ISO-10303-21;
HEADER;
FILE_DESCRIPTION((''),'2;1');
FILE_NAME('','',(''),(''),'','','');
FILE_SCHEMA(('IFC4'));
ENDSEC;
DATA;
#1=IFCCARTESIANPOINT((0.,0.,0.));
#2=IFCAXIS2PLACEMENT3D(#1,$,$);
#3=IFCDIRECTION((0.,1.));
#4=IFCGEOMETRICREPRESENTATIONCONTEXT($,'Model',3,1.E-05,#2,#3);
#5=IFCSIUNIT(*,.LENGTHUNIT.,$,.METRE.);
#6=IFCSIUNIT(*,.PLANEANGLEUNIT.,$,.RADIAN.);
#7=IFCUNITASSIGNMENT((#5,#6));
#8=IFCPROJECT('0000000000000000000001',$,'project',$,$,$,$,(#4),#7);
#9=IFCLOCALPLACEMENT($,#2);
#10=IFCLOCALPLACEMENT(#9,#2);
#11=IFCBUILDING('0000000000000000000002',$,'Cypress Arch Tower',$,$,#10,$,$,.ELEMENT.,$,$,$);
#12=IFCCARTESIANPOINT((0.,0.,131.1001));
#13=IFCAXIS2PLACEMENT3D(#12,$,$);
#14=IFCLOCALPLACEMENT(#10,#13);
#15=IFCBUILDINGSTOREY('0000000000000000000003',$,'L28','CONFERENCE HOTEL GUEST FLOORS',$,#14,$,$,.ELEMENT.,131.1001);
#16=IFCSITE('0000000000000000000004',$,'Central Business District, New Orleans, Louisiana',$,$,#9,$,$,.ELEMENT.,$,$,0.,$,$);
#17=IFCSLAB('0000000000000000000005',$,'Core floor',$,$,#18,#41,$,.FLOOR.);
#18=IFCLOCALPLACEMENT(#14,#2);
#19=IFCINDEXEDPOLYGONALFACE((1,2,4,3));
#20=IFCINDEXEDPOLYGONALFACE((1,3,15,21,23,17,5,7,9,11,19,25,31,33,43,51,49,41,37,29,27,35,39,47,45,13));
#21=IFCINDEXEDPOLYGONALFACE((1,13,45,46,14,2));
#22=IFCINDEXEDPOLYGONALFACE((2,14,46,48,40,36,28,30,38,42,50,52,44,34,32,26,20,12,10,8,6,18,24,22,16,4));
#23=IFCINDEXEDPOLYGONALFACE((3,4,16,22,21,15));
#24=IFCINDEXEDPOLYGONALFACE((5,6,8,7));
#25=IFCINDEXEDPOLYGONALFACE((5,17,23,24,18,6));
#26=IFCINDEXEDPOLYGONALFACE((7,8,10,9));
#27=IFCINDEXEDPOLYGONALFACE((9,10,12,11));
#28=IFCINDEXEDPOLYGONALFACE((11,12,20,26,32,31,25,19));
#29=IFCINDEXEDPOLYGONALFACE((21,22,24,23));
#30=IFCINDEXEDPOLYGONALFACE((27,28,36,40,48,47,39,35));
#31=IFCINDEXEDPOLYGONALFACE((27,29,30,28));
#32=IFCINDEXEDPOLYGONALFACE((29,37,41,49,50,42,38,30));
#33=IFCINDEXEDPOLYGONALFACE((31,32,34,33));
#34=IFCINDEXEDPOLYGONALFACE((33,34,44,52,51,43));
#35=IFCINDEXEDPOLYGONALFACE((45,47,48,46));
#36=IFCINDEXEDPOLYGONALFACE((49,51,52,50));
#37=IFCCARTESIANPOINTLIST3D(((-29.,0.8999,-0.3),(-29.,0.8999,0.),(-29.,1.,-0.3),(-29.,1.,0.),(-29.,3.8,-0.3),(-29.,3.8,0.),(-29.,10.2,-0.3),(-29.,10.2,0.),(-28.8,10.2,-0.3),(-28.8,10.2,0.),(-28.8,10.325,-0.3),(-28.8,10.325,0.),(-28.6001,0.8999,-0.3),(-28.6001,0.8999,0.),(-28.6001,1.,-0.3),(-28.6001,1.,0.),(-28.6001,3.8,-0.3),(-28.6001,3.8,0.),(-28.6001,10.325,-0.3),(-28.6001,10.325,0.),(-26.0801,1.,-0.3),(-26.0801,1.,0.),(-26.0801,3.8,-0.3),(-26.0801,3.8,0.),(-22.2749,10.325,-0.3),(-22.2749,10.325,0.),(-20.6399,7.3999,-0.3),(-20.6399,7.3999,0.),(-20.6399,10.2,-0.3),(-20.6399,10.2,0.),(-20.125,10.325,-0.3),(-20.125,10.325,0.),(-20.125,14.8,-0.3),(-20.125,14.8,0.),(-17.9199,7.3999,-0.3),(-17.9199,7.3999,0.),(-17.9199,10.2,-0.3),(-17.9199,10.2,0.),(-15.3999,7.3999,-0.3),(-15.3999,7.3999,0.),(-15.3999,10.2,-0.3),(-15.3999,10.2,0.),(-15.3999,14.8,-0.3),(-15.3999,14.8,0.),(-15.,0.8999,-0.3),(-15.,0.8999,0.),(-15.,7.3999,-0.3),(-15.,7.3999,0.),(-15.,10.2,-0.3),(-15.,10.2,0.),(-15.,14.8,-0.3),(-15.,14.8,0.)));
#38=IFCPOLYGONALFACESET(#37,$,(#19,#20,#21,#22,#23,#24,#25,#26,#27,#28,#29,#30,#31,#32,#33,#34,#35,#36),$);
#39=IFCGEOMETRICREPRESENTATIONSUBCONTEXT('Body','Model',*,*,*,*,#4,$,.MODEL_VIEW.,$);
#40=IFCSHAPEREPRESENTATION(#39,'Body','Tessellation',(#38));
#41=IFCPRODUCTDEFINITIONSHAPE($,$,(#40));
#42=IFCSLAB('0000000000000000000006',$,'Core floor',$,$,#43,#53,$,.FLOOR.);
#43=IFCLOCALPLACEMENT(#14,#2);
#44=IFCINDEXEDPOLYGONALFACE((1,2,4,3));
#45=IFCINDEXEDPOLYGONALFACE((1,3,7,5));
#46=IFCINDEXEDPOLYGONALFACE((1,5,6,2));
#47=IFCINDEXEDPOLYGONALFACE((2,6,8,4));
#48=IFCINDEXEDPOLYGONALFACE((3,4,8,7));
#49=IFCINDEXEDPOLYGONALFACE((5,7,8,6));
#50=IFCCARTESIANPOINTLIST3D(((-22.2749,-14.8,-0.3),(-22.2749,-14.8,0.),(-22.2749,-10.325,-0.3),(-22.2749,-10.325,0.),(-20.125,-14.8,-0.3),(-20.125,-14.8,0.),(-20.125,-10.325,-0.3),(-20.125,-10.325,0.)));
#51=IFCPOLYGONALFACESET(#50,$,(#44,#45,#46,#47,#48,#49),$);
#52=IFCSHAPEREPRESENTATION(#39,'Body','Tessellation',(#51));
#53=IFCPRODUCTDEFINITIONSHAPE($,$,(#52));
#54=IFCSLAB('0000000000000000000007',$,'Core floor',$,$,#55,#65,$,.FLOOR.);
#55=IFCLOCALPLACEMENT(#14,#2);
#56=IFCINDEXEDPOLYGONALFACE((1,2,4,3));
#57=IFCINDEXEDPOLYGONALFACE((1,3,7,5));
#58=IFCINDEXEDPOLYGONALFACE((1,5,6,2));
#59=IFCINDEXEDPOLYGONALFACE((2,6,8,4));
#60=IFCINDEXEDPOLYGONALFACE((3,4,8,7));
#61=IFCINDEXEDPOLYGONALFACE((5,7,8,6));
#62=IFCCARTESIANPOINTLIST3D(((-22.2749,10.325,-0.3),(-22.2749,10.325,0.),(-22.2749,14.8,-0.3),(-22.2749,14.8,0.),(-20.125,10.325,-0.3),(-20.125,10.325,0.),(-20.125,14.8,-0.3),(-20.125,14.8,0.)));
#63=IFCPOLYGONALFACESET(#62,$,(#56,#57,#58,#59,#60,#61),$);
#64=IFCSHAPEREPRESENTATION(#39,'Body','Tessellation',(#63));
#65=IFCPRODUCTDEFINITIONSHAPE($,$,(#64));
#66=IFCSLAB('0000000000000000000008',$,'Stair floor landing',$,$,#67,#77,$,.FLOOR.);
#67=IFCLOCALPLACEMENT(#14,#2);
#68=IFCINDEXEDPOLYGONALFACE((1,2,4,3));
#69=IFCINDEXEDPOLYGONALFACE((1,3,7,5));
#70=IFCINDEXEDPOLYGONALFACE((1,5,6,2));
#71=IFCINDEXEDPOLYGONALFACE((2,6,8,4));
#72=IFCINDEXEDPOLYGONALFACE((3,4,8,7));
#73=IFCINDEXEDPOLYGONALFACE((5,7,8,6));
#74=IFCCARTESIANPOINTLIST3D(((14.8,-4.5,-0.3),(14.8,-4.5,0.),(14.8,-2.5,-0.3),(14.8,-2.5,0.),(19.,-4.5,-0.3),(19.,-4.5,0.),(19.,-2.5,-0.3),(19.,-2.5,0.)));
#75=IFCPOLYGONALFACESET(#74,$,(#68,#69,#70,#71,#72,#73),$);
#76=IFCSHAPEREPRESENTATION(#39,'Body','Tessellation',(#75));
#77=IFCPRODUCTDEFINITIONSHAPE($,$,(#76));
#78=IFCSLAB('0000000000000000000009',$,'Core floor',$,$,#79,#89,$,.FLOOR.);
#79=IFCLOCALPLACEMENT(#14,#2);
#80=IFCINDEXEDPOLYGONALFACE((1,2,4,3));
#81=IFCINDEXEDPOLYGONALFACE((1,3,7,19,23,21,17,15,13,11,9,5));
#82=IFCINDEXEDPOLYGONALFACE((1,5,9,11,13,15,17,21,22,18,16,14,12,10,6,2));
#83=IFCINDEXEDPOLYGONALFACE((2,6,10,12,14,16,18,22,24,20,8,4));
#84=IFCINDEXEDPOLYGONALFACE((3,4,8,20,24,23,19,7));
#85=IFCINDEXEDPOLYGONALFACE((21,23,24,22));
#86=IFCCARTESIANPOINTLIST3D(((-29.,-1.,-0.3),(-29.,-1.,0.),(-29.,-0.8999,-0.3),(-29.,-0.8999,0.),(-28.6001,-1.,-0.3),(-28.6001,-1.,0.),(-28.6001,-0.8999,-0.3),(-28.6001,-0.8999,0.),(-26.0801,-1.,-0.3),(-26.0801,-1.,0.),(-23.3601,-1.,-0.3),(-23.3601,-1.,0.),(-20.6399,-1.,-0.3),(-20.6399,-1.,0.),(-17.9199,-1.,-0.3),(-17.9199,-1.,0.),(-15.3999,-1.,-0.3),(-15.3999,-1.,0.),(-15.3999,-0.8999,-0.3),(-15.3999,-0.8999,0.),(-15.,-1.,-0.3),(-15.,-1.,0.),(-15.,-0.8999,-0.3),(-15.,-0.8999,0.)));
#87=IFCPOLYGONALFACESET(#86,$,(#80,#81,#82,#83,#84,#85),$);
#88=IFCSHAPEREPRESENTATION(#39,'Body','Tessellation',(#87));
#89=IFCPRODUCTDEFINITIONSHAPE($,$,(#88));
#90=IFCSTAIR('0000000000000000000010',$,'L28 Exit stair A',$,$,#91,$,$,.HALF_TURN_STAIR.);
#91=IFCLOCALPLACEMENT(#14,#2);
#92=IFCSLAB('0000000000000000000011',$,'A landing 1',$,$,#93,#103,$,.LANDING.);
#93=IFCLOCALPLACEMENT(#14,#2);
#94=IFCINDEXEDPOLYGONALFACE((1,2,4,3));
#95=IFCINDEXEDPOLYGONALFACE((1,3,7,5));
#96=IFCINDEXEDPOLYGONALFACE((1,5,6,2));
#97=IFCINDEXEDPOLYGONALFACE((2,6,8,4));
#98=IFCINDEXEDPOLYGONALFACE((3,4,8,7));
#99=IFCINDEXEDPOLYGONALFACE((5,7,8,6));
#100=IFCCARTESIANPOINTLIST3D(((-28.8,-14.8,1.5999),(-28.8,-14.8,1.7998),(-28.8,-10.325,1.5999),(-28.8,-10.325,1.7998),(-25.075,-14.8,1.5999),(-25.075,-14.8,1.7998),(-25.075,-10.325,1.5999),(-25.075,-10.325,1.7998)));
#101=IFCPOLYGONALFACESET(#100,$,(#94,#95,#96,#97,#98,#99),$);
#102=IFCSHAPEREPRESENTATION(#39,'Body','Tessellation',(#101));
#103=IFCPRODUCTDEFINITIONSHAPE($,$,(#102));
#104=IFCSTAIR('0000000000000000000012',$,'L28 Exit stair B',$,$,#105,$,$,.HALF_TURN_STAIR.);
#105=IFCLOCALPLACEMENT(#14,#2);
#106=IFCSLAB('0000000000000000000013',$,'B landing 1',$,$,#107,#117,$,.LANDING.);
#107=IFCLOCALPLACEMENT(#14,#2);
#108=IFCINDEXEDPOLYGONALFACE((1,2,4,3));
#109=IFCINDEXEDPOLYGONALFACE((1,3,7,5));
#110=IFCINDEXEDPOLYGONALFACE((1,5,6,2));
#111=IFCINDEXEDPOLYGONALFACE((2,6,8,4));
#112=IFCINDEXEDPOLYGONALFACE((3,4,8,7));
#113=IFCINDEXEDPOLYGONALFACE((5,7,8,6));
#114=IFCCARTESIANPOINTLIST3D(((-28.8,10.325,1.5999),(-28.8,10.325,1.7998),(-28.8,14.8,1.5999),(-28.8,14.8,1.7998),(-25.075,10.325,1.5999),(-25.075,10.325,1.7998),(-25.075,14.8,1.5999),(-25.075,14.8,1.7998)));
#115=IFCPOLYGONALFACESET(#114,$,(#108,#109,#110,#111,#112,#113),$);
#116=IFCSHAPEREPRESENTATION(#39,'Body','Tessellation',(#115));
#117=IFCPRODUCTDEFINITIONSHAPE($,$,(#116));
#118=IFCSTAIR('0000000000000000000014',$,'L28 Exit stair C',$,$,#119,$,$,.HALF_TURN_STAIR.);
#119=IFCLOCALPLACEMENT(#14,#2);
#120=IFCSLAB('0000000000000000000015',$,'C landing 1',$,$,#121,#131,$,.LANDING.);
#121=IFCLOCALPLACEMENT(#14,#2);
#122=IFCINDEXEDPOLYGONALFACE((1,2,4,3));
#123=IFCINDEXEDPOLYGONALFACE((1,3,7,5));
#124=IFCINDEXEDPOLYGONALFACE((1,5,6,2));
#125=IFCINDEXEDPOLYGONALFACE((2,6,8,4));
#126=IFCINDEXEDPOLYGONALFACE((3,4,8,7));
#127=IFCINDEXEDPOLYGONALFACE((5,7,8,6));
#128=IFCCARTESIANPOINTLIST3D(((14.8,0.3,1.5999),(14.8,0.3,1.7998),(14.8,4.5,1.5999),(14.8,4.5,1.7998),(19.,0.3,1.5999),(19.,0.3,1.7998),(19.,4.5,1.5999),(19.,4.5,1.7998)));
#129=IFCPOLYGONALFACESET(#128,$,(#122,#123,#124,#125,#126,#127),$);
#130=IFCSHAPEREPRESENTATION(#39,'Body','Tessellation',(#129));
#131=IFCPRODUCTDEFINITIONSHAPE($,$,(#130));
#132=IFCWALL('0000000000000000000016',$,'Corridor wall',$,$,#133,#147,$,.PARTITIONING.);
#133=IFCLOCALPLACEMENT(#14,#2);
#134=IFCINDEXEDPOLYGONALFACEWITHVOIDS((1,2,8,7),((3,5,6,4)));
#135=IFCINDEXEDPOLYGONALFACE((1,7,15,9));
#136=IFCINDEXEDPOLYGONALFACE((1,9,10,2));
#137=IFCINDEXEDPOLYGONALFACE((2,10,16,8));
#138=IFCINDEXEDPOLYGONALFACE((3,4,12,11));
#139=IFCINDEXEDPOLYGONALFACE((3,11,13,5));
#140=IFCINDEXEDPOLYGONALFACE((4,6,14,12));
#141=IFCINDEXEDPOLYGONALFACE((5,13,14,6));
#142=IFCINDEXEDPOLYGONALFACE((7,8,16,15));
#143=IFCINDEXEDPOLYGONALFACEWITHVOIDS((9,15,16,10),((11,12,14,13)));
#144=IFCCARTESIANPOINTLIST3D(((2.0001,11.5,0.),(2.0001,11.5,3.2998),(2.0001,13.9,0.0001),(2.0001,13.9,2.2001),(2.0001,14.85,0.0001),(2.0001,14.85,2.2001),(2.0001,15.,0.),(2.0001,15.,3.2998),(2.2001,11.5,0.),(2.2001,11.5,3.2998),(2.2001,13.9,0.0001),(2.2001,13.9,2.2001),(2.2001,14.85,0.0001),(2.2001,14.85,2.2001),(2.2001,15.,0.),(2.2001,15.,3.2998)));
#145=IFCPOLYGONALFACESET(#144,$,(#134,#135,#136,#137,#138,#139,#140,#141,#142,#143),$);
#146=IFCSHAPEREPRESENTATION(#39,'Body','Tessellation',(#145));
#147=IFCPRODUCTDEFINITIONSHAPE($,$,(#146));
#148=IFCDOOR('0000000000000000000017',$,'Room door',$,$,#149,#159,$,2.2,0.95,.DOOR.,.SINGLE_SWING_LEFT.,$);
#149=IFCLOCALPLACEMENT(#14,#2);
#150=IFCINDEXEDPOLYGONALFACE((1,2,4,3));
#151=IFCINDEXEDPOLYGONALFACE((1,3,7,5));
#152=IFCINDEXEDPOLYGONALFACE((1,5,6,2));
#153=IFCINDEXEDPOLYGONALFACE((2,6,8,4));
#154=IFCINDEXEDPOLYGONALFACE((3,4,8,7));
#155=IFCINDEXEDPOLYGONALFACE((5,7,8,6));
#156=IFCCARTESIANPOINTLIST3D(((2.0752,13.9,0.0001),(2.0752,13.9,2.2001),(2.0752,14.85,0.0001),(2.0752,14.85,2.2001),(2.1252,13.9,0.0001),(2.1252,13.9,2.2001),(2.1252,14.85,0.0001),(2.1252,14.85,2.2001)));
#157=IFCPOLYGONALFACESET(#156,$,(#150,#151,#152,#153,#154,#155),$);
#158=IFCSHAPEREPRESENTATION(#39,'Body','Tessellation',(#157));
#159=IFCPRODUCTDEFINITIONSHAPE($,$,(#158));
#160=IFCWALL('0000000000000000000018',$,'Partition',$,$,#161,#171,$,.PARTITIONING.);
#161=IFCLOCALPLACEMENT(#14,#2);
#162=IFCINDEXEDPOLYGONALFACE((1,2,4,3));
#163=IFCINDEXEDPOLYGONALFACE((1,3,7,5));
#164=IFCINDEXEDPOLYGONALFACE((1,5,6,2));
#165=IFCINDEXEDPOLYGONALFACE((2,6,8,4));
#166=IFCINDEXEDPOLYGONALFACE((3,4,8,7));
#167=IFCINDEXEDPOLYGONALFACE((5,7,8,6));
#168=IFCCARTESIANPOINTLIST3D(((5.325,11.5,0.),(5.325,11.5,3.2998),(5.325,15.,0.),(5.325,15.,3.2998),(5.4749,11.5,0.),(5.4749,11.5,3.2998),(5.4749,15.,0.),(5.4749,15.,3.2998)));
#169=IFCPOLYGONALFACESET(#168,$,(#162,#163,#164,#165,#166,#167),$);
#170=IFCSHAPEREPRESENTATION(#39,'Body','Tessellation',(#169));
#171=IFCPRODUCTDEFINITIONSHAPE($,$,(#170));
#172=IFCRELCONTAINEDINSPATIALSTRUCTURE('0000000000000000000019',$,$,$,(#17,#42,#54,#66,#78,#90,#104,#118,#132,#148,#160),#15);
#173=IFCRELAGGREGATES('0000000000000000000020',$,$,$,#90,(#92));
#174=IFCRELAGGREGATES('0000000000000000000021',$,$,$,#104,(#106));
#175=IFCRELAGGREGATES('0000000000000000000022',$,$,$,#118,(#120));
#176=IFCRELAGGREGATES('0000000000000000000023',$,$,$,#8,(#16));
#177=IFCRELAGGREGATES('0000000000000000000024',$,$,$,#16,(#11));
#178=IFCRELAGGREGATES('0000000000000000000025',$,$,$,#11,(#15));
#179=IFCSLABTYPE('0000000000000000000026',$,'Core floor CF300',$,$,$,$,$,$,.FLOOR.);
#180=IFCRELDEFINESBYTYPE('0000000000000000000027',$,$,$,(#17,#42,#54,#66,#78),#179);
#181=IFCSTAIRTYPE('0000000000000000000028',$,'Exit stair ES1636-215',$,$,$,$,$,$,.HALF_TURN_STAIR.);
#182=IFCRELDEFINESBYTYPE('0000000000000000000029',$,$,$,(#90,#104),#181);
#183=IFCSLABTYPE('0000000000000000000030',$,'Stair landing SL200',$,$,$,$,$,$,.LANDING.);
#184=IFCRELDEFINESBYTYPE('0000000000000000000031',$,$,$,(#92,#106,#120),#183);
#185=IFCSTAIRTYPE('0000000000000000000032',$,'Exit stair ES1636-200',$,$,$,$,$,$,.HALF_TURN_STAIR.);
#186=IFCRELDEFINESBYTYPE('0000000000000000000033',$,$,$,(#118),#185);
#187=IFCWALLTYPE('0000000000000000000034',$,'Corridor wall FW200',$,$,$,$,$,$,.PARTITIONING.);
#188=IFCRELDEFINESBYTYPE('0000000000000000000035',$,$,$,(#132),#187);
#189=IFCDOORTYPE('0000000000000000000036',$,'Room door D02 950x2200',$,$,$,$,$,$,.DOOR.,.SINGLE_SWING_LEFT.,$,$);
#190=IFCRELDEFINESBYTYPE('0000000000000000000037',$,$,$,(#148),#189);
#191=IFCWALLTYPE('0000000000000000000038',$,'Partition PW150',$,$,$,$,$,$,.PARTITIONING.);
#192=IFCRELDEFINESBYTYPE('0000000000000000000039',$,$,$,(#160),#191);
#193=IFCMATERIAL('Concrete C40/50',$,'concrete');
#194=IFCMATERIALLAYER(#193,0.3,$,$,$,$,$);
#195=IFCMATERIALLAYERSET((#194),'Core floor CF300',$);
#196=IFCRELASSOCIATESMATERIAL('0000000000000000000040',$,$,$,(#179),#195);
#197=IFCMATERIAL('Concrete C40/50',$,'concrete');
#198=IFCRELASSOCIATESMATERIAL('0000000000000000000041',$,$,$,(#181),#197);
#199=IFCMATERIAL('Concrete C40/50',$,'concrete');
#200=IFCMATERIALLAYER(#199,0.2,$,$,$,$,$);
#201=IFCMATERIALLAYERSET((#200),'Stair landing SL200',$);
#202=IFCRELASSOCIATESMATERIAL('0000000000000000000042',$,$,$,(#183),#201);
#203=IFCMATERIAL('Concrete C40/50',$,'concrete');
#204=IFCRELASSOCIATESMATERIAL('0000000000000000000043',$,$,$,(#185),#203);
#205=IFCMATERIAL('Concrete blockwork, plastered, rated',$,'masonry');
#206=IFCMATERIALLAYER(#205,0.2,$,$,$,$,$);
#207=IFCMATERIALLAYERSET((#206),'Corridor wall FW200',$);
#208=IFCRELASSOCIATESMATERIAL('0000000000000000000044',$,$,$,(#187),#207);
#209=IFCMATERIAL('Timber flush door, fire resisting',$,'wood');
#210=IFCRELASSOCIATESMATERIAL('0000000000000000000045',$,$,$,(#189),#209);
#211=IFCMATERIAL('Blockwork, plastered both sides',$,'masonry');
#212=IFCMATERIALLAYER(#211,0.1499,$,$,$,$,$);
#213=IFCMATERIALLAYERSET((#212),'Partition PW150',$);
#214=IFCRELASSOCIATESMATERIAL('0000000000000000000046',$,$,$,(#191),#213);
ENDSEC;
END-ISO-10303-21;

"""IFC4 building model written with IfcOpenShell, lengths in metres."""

from ifc_helpers import new_model, si_unit, direction, frame, frame_2d, origin, place, context, subcontext, project, spatial, polyline, rectangle, outline, extrude, material, layer, layer_set, type_object, element, fill, aggregate, save


model = new_model("IFC4")

# Units and contexts
model_context = context("Model", 3, precision=1e-05, world=origin(), true_north=direction((0.0, 1.0)))
body_context = subcontext(model_context, "Body", "Model", "MODEL_VIEW")
ifc_project = project(units=[si_unit("LENGTHUNIT", "METRE"), si_unit("PLANEANGLEUNIT", "RADIAN")], contexts=[model_context])

# Site, building, storey
site_placement = place(None, origin())
site = spatial("IfcSite", under=ifc_project, at=site_placement, Name="Central Business District, New Orleans, Louisiana", CompositionType="ELEMENT", RefElevation=0.0)
building_placement = place(site_placement, origin())
building = spatial("IfcBuilding", under=site, at=building_placement, Name="Cypress Arch Tower", CompositionType="ELEMENT")
storey_placement = place(building_placement, frame((0.0, 0.0, 131.1001)))
storey = spatial("IfcBuildingStorey", under=building, at=storey_placement, Name="L28", Description="CONFERENCE HOTEL GUEST FLOORS", CompositionType="ELEMENT", Elevation=131.1001)

# Slabs
ifc_material_1 = material(Name="Concrete C40/50", Category="concrete")
ifc_layer_1 = layer(ifc_material_1, 0.3)
ifc_layer_set_1 = layer_set([ifc_layer_1], Name="Core floor CF300")
slab_type_1 = type_object("IfcSlabType", Name="Core floor CF300", PredefinedType="FLOOR", material=ifc_layer_set_1)
slab_1_placement = place(storey_placement, frame((0.0, 0.0, -0.3)))
element("IfcSlab", 1, at=slab_1_placement, inside=storey, type_object=slab_type_1, Name="Core floor", PredefinedType="FLOOR", context=body_context, shape_type="SweptSolid", body=[
    extrude(outline(polyline([(-29.0, 3.8), (-29.0, 10.2), (-28.8, 10.2), (-28.8, 10.325), (-28.6001, 10.325), (-22.2749, 10.325), (-20.125, 10.325), (-20.125, 14.8), (-15.3999, 14.8), (-15.0, 14.8), (-15.0, 10.2), (-15.3999, 10.2), (-17.9199, 10.2), (-20.6399, 10.2), (-20.6399, 7.3999), (-17.9199, 7.3999), (-15.3999, 7.3999), (-15.0, 7.3999), (-15.0, 0.8999), (-28.6001, 0.8999), (-29.0, 0.8999), (-29.0, 1.0), (-28.6001, 1.0), (-26.0801, 1.0), (-26.0801, 3.8), (-28.6001, 3.8), (-29.0, 3.8)])), origin(), (0.0, 0.0, 1.0), 0.3),
])
slab_2_placement = place(storey_placement, frame((0.0, 0.0, -0.3)))
element("IfcSlab", 2, at=slab_2_placement, inside=storey, type_object=slab_type_1, Name="Core floor", PredefinedType="FLOOR", context=body_context, shape_type="SweptSolid", body=[
    extrude(outline(polyline([(-22.2749, -10.325), (-22.2749, -14.8), (-20.125, -14.8), (-20.125, -10.325), (-22.2749, -10.325)])), origin(), (0.0, 0.0, 1.0), 0.3),
])
slab_3_placement = place(storey_placement, frame((0.0, 0.0, -0.3)))
element("IfcSlab", 3, at=slab_3_placement, inside=storey, type_object=slab_type_1, Name="Core floor", PredefinedType="FLOOR", context=body_context, shape_type="SweptSolid", body=[
    extrude(outline(polyline([(-20.125, 14.8), (-22.2749, 14.8), (-22.2749, 10.325), (-20.125, 10.325), (-20.125, 14.8)])), origin(), (0.0, 0.0, 1.0), 0.3),
])
slab_4_placement = place(storey_placement, frame((0.0, 0.0, -0.3)))
element("IfcSlab", 4, at=slab_4_placement, inside=storey, type_object=slab_type_1, Name="Stair floor landing", PredefinedType="FLOOR", context=body_context, shape_type="SweptSolid", body=[
    extrude(outline(polyline([(19.0, -4.5), (19.0, -2.5), (14.8, -2.5), (14.8, -4.5), (19.0, -4.5)])), origin(), (0.0, 0.0, 1.0), 0.3),
])
slab_5_placement = place(storey_placement, frame((0.0, 0.0, -0.3)))
element("IfcSlab", 5, at=slab_5_placement, inside=storey, type_object=slab_type_1, Name="Core floor", PredefinedType="FLOOR", context=body_context, shape_type="SweptSolid", body=[
    extrude(outline(polyline([(-20.6399, -1.0), (-23.3601, -1.0), (-26.0801, -1.0), (-28.6001, -1.0), (-29.0, -1.0), (-29.0, -0.8999), (-28.6001, -0.8999), (-15.3999, -0.8999), (-15.0, -0.8999), (-15.0, -1.0), (-15.3999, -1.0), (-17.9199, -1.0), (-20.6399, -1.0)])), origin(), (0.0, 0.0, 1.0), 0.3),
])

# Stairs, slabs
ifc_material_2 = material(Name="Concrete C40/50", Category="concrete")
stair_type_1 = type_object("IfcStairType", Name="Exit stair ES1636-215", PredefinedType="HALF_TURN_STAIR", material=ifc_material_2)
stair_1_placement = place(storey_placement, origin())
stair_1 = element("IfcStair", 6, at=stair_1_placement, inside=storey, type_object=stair_type_1, Name="L28 Exit stair A", PredefinedType="HALF_TURN_STAIR")
ifc_material_3 = material(Name="Concrete C40/50", Category="concrete")
ifc_layer_2 = layer(ifc_material_3, 0.2)
ifc_layer_set_2 = layer_set([ifc_layer_2], Name="Stair landing SL200")
slab_type_2 = type_object("IfcSlabType", Name="Stair landing SL200", PredefinedType="LANDING", material=ifc_layer_set_2)
slab_6_placement = place(storey_placement, frame((0.0, 0.0, 1.5999)))
slab_6 = element("IfcSlab", 7, at=slab_6_placement, type_object=slab_type_2, Name="A landing 1", PredefinedType="LANDING", context=body_context, shape_type="SweptSolid", body=[
    extrude(outline(polyline([(-25.075, -10.325), (-28.8, -10.325), (-28.8, -14.8), (-25.075, -14.8), (-25.075, -10.325)])), origin(), (0.0, 0.0, 1.0), 0.2),
])
aggregate(stair_1, [slab_6])
stair_2_placement = place(storey_placement, origin())
stair_2 = element("IfcStair", 8, at=stair_2_placement, inside=storey, type_object=stair_type_1, Name="L28 Exit stair B", PredefinedType="HALF_TURN_STAIR")
slab_7_placement = place(storey_placement, frame((0.0, 0.0, 1.5999)))
slab_7 = element("IfcSlab", 9, at=slab_7_placement, type_object=slab_type_2, Name="B landing 1", PredefinedType="LANDING", context=body_context, shape_type="SweptSolid", body=[
    extrude(outline(polyline([(-25.075, 14.8), (-28.8, 14.8), (-28.8, 10.325), (-25.075, 10.325), (-25.075, 14.8)])), origin(), (0.0, 0.0, 1.0), 0.2),
])
aggregate(stair_2, [slab_7])
ifc_material_4 = material(Name="Concrete C40/50", Category="concrete")
stair_type_2 = type_object("IfcStairType", Name="Exit stair ES1636-200", PredefinedType="HALF_TURN_STAIR", material=ifc_material_4)
stair_3_placement = place(storey_placement, origin())
stair_3 = element("IfcStair", 10, at=stair_3_placement, inside=storey, type_object=stair_type_2, Name="L28 Exit stair C", PredefinedType="HALF_TURN_STAIR")
slab_8_placement = place(storey_placement, frame((0.0, 0.0, 1.5999)))
slab_8 = element("IfcSlab", 11, at=slab_8_placement, type_object=slab_type_2, Name="C landing 1", PredefinedType="LANDING", context=body_context, shape_type="SweptSolid", body=[
    extrude(outline(polyline([(19.0, 0.3), (19.0, 4.5), (14.8, 4.5), (14.8, 0.3), (19.0, 0.3)])), origin(), (0.0, 0.0, 1.0), 0.2),
])
aggregate(stair_3, [slab_8])

# Wall, opening, door
ifc_material_5 = material(Name="Concrete blockwork, plastered, rated", Category="masonry")
ifc_layer_3 = layer(ifc_material_5, 0.2)
ifc_layer_set_3 = layer_set([ifc_layer_3], Name="Corridor wall FW200")
wall_type_1 = type_object("IfcWallType", Name="Corridor wall FW200", PredefinedType="PARTITIONING", material=ifc_layer_set_3)
wall_1_placement = place(storey_placement, frame((2.1001, 11.5, 0.0), z_axis=(0.0, 0.0, 1.0), x_axis=(0.0, 1.0, 0.0)))
wall_1 = element("IfcWall", 12, at=wall_1_placement, inside=storey, type_object=wall_type_1, Name="Corridor wall", PredefinedType="PARTITIONING", context=body_context, shape_type="SweptSolid", body=[
    extrude(rectangle(XDim=3.5, YDim=0.2, at=frame_2d((1.75, 0.0))), origin(), (0.0, 0.0, 1.0), 3.2998),
])
opening_placement = place(wall_1_placement, frame((2.3999, 0.0, 0.0)))
opening = element("IfcOpeningElement", 13, at=opening_placement, cuts=wall_1, PredefinedType="OPENING", context=body_context, shape_type="SweptSolid", body=[
    extrude(rectangle(XDim=0.95, YDim=2.2, at=frame_2d((0.4751, 1.1001))), frame((0.0, 0.1099, 0.0), z_axis=(0.0, -1.0, 0.0), x_axis=(1.0, 0.0, 0.0)), (0.0, 0.0, 1.0), 0.22),
])
ifc_material_6 = material(Name="Timber flush door, fire resisting", Category="wood")
door_type = type_object("IfcDoorType", Name="Room door D02 950x2200", OperationType="SINGLE_SWING_LEFT", PredefinedType="DOOR", material=ifc_material_6)
door_placement = place(opening_placement, origin())
door = element("IfcDoor", 14, at=door_placement, inside=storey, type_object=door_type, Name="Room door", OperationType="SINGLE_SWING_LEFT", OverallHeight=2.2, OverallWidth=0.95, PredefinedType="DOOR", context=body_context, shape_type="SweptSolid", body=[
    extrude(rectangle(XDim=0.95, YDim=2.2, at=frame_2d((0.4751, 1.1001))), frame((0.0, 0.0249, 0.0), z_axis=(0.0, -1.0, 0.0), x_axis=(1.0, 0.0, 0.0)), (0.0, 0.0, 1.0), 0.05),
])
fill(opening, door)

# Wall
ifc_material_7 = material(Name="Blockwork, plastered both sides", Category="masonry")
ifc_layer_4 = layer(ifc_material_7, 0.1499)
ifc_layer_set_4 = layer_set([ifc_layer_4], Name="Partition PW150")
wall_type_2 = type_object("IfcWallType", Name="Partition PW150", PredefinedType="PARTITIONING", material=ifc_layer_set_4)
wall_2_placement = place(storey_placement, frame((5.3999, 11.5, 0.0), z_axis=(0.0, 0.0, 1.0), x_axis=(0.0, 1.0, 0.0)))
element("IfcWall", 15, at=wall_2_placement, inside=storey, type_object=wall_type_2, Name="Partition", PredefinedType="PARTITIONING", context=body_context, shape_type="SweptSolid", body=[
    extrude(rectangle(XDim=3.5, YDim=0.1499, at=frame_2d((1.75, 0.0))), origin(), (0.0, 0.0, 1.0), 3.2998),
])

save(model, "model.ifc")
